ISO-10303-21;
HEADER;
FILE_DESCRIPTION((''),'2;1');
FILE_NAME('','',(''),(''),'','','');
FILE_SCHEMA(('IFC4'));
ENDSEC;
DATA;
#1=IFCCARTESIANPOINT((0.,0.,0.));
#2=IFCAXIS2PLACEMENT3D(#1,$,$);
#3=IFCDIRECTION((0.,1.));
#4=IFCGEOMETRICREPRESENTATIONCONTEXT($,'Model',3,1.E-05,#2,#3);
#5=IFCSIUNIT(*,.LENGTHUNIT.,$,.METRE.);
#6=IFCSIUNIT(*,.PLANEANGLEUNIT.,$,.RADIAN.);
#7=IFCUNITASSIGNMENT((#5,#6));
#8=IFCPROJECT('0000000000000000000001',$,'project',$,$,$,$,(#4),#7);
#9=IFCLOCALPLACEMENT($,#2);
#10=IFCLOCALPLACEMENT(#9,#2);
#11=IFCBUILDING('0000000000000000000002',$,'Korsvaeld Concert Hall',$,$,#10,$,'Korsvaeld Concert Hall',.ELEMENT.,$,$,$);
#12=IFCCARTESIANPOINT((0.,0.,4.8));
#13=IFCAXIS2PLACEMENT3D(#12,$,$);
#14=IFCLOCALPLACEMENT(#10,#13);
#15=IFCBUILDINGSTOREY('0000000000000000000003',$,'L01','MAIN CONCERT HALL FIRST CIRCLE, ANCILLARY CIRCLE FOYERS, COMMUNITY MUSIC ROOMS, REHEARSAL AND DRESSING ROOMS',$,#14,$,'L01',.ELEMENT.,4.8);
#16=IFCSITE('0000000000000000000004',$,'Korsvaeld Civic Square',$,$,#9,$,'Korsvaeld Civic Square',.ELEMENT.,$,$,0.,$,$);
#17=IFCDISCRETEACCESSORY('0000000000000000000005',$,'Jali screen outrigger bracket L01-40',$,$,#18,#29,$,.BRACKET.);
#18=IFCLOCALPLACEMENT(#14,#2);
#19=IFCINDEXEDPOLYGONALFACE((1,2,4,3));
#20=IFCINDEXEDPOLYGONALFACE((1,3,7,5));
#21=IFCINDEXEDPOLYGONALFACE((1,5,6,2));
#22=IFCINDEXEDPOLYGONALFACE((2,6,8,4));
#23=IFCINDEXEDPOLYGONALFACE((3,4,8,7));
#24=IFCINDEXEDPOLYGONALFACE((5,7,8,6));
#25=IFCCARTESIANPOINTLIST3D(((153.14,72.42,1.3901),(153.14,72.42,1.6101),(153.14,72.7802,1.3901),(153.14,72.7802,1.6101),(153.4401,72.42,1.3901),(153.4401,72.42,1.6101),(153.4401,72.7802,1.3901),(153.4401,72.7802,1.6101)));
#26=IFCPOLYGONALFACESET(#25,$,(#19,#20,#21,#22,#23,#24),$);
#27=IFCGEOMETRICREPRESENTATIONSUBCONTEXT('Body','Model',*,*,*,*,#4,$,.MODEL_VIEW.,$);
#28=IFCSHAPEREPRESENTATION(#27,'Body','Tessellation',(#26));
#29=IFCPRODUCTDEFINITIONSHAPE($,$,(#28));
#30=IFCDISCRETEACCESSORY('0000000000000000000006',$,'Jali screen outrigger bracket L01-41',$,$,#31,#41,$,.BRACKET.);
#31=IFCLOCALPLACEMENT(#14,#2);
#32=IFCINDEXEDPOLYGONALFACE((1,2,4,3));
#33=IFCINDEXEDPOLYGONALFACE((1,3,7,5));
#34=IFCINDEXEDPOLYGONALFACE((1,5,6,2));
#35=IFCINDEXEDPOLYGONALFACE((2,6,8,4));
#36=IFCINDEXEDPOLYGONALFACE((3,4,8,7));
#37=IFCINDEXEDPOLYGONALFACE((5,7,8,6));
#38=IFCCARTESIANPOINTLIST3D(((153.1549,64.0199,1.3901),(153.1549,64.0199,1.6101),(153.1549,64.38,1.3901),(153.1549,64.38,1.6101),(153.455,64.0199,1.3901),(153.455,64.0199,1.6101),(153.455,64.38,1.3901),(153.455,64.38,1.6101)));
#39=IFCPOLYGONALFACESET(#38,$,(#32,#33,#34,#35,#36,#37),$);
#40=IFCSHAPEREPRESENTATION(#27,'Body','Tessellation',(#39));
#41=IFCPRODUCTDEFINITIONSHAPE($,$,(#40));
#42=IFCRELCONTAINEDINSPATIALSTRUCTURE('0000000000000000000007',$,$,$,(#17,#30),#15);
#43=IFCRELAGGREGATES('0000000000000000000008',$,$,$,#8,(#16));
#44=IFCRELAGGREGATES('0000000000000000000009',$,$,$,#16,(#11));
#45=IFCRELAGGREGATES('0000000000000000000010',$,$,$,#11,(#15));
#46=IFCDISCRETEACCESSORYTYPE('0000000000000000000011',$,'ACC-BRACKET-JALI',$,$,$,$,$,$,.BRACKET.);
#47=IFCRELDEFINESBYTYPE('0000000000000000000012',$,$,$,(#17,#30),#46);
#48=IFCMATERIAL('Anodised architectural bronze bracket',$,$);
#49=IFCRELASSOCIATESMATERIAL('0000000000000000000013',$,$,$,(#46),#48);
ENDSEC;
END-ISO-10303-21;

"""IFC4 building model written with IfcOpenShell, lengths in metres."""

from ifc_helpers import new_model, si_unit, direction, frame, origin, origin_2d, place, context, subcontext, project, spatial, rectangle, extrude, material, type_object, element, save


model = new_model("IFC4")

# Units and contexts
model_context = context("Model", 3, precision=1e-05, world=origin(), true_north=direction((0.0, 1.0)))
body_context = subcontext(model_context, "Body", "Model", "MODEL_VIEW")
ifc_project = project(units=[si_unit("LENGTHUNIT", "METRE"), si_unit("PLANEANGLEUNIT", "RADIAN")], contexts=[model_context])

# Site, building, storey
site_placement = place(None, origin())
site = spatial("IfcSite", under=ifc_project, at=site_placement, Name="Korsvaeld Civic Square", LongName="Korsvaeld Civic Square", CompositionType="ELEMENT", RefElevation=0.0)
building_placement = place(site_placement, origin())
building = spatial("IfcBuilding", under=site, at=building_placement, Name="Korsvaeld Concert Hall", LongName="Korsvaeld Concert Hall", CompositionType="ELEMENT")
storey_placement = place(building_placement, frame((0.0, 0.0, 4.8)))
storey = spatial("IfcBuildingStorey", under=building, at=storey_placement, Name="L01", Description="MAIN CONCERT HALL FIRST CIRCLE, ANCILLARY CIRCLE FOYERS, COMMUNITY MUSIC ROOMS, REHEARSAL AND DRESSING ROOMS", LongName="L01", CompositionType="ELEMENT", Elevation=4.8)

# Discrete accessories
ifc_material_1 = material(Name="Anodised architectural bronze bracket")
discrete_accessory_type = type_object("IfcDiscreteAccessoryType", Name="ACC-BRACKET-JALI", PredefinedType="BRACKET", material=ifc_material_1)
for number, where, z_axis, x_axis, name in (
    (1, (153.29, 72.6001, 1.3901), (0.0, 0.0, 1.0), (0.0, -1.0, 0.0), "Jali screen outrigger bracket L01-40"),
    (2, (153.3049, 64.2, 1.3901), (0.0, 0.0, 1.0), (0.0, -1.0, 0.0), "Jali screen outrigger bracket L01-41"),
):
    element("IfcDiscreteAccessory", number, at=place(storey_placement, frame(where, z_axis=z_axis, x_axis=x_axis)), inside=storey, type_object=discrete_accessory_type, Name=name, PredefinedType="BRACKET", context=body_context, shape_type="SweptSolid", body=[
        extrude(rectangle(XDim=0.3601, YDim=0.3, at=origin_2d()), origin(), (0.0, 0.0, 1.0), 0.22),
    ])

save(model, "model.ifc")
